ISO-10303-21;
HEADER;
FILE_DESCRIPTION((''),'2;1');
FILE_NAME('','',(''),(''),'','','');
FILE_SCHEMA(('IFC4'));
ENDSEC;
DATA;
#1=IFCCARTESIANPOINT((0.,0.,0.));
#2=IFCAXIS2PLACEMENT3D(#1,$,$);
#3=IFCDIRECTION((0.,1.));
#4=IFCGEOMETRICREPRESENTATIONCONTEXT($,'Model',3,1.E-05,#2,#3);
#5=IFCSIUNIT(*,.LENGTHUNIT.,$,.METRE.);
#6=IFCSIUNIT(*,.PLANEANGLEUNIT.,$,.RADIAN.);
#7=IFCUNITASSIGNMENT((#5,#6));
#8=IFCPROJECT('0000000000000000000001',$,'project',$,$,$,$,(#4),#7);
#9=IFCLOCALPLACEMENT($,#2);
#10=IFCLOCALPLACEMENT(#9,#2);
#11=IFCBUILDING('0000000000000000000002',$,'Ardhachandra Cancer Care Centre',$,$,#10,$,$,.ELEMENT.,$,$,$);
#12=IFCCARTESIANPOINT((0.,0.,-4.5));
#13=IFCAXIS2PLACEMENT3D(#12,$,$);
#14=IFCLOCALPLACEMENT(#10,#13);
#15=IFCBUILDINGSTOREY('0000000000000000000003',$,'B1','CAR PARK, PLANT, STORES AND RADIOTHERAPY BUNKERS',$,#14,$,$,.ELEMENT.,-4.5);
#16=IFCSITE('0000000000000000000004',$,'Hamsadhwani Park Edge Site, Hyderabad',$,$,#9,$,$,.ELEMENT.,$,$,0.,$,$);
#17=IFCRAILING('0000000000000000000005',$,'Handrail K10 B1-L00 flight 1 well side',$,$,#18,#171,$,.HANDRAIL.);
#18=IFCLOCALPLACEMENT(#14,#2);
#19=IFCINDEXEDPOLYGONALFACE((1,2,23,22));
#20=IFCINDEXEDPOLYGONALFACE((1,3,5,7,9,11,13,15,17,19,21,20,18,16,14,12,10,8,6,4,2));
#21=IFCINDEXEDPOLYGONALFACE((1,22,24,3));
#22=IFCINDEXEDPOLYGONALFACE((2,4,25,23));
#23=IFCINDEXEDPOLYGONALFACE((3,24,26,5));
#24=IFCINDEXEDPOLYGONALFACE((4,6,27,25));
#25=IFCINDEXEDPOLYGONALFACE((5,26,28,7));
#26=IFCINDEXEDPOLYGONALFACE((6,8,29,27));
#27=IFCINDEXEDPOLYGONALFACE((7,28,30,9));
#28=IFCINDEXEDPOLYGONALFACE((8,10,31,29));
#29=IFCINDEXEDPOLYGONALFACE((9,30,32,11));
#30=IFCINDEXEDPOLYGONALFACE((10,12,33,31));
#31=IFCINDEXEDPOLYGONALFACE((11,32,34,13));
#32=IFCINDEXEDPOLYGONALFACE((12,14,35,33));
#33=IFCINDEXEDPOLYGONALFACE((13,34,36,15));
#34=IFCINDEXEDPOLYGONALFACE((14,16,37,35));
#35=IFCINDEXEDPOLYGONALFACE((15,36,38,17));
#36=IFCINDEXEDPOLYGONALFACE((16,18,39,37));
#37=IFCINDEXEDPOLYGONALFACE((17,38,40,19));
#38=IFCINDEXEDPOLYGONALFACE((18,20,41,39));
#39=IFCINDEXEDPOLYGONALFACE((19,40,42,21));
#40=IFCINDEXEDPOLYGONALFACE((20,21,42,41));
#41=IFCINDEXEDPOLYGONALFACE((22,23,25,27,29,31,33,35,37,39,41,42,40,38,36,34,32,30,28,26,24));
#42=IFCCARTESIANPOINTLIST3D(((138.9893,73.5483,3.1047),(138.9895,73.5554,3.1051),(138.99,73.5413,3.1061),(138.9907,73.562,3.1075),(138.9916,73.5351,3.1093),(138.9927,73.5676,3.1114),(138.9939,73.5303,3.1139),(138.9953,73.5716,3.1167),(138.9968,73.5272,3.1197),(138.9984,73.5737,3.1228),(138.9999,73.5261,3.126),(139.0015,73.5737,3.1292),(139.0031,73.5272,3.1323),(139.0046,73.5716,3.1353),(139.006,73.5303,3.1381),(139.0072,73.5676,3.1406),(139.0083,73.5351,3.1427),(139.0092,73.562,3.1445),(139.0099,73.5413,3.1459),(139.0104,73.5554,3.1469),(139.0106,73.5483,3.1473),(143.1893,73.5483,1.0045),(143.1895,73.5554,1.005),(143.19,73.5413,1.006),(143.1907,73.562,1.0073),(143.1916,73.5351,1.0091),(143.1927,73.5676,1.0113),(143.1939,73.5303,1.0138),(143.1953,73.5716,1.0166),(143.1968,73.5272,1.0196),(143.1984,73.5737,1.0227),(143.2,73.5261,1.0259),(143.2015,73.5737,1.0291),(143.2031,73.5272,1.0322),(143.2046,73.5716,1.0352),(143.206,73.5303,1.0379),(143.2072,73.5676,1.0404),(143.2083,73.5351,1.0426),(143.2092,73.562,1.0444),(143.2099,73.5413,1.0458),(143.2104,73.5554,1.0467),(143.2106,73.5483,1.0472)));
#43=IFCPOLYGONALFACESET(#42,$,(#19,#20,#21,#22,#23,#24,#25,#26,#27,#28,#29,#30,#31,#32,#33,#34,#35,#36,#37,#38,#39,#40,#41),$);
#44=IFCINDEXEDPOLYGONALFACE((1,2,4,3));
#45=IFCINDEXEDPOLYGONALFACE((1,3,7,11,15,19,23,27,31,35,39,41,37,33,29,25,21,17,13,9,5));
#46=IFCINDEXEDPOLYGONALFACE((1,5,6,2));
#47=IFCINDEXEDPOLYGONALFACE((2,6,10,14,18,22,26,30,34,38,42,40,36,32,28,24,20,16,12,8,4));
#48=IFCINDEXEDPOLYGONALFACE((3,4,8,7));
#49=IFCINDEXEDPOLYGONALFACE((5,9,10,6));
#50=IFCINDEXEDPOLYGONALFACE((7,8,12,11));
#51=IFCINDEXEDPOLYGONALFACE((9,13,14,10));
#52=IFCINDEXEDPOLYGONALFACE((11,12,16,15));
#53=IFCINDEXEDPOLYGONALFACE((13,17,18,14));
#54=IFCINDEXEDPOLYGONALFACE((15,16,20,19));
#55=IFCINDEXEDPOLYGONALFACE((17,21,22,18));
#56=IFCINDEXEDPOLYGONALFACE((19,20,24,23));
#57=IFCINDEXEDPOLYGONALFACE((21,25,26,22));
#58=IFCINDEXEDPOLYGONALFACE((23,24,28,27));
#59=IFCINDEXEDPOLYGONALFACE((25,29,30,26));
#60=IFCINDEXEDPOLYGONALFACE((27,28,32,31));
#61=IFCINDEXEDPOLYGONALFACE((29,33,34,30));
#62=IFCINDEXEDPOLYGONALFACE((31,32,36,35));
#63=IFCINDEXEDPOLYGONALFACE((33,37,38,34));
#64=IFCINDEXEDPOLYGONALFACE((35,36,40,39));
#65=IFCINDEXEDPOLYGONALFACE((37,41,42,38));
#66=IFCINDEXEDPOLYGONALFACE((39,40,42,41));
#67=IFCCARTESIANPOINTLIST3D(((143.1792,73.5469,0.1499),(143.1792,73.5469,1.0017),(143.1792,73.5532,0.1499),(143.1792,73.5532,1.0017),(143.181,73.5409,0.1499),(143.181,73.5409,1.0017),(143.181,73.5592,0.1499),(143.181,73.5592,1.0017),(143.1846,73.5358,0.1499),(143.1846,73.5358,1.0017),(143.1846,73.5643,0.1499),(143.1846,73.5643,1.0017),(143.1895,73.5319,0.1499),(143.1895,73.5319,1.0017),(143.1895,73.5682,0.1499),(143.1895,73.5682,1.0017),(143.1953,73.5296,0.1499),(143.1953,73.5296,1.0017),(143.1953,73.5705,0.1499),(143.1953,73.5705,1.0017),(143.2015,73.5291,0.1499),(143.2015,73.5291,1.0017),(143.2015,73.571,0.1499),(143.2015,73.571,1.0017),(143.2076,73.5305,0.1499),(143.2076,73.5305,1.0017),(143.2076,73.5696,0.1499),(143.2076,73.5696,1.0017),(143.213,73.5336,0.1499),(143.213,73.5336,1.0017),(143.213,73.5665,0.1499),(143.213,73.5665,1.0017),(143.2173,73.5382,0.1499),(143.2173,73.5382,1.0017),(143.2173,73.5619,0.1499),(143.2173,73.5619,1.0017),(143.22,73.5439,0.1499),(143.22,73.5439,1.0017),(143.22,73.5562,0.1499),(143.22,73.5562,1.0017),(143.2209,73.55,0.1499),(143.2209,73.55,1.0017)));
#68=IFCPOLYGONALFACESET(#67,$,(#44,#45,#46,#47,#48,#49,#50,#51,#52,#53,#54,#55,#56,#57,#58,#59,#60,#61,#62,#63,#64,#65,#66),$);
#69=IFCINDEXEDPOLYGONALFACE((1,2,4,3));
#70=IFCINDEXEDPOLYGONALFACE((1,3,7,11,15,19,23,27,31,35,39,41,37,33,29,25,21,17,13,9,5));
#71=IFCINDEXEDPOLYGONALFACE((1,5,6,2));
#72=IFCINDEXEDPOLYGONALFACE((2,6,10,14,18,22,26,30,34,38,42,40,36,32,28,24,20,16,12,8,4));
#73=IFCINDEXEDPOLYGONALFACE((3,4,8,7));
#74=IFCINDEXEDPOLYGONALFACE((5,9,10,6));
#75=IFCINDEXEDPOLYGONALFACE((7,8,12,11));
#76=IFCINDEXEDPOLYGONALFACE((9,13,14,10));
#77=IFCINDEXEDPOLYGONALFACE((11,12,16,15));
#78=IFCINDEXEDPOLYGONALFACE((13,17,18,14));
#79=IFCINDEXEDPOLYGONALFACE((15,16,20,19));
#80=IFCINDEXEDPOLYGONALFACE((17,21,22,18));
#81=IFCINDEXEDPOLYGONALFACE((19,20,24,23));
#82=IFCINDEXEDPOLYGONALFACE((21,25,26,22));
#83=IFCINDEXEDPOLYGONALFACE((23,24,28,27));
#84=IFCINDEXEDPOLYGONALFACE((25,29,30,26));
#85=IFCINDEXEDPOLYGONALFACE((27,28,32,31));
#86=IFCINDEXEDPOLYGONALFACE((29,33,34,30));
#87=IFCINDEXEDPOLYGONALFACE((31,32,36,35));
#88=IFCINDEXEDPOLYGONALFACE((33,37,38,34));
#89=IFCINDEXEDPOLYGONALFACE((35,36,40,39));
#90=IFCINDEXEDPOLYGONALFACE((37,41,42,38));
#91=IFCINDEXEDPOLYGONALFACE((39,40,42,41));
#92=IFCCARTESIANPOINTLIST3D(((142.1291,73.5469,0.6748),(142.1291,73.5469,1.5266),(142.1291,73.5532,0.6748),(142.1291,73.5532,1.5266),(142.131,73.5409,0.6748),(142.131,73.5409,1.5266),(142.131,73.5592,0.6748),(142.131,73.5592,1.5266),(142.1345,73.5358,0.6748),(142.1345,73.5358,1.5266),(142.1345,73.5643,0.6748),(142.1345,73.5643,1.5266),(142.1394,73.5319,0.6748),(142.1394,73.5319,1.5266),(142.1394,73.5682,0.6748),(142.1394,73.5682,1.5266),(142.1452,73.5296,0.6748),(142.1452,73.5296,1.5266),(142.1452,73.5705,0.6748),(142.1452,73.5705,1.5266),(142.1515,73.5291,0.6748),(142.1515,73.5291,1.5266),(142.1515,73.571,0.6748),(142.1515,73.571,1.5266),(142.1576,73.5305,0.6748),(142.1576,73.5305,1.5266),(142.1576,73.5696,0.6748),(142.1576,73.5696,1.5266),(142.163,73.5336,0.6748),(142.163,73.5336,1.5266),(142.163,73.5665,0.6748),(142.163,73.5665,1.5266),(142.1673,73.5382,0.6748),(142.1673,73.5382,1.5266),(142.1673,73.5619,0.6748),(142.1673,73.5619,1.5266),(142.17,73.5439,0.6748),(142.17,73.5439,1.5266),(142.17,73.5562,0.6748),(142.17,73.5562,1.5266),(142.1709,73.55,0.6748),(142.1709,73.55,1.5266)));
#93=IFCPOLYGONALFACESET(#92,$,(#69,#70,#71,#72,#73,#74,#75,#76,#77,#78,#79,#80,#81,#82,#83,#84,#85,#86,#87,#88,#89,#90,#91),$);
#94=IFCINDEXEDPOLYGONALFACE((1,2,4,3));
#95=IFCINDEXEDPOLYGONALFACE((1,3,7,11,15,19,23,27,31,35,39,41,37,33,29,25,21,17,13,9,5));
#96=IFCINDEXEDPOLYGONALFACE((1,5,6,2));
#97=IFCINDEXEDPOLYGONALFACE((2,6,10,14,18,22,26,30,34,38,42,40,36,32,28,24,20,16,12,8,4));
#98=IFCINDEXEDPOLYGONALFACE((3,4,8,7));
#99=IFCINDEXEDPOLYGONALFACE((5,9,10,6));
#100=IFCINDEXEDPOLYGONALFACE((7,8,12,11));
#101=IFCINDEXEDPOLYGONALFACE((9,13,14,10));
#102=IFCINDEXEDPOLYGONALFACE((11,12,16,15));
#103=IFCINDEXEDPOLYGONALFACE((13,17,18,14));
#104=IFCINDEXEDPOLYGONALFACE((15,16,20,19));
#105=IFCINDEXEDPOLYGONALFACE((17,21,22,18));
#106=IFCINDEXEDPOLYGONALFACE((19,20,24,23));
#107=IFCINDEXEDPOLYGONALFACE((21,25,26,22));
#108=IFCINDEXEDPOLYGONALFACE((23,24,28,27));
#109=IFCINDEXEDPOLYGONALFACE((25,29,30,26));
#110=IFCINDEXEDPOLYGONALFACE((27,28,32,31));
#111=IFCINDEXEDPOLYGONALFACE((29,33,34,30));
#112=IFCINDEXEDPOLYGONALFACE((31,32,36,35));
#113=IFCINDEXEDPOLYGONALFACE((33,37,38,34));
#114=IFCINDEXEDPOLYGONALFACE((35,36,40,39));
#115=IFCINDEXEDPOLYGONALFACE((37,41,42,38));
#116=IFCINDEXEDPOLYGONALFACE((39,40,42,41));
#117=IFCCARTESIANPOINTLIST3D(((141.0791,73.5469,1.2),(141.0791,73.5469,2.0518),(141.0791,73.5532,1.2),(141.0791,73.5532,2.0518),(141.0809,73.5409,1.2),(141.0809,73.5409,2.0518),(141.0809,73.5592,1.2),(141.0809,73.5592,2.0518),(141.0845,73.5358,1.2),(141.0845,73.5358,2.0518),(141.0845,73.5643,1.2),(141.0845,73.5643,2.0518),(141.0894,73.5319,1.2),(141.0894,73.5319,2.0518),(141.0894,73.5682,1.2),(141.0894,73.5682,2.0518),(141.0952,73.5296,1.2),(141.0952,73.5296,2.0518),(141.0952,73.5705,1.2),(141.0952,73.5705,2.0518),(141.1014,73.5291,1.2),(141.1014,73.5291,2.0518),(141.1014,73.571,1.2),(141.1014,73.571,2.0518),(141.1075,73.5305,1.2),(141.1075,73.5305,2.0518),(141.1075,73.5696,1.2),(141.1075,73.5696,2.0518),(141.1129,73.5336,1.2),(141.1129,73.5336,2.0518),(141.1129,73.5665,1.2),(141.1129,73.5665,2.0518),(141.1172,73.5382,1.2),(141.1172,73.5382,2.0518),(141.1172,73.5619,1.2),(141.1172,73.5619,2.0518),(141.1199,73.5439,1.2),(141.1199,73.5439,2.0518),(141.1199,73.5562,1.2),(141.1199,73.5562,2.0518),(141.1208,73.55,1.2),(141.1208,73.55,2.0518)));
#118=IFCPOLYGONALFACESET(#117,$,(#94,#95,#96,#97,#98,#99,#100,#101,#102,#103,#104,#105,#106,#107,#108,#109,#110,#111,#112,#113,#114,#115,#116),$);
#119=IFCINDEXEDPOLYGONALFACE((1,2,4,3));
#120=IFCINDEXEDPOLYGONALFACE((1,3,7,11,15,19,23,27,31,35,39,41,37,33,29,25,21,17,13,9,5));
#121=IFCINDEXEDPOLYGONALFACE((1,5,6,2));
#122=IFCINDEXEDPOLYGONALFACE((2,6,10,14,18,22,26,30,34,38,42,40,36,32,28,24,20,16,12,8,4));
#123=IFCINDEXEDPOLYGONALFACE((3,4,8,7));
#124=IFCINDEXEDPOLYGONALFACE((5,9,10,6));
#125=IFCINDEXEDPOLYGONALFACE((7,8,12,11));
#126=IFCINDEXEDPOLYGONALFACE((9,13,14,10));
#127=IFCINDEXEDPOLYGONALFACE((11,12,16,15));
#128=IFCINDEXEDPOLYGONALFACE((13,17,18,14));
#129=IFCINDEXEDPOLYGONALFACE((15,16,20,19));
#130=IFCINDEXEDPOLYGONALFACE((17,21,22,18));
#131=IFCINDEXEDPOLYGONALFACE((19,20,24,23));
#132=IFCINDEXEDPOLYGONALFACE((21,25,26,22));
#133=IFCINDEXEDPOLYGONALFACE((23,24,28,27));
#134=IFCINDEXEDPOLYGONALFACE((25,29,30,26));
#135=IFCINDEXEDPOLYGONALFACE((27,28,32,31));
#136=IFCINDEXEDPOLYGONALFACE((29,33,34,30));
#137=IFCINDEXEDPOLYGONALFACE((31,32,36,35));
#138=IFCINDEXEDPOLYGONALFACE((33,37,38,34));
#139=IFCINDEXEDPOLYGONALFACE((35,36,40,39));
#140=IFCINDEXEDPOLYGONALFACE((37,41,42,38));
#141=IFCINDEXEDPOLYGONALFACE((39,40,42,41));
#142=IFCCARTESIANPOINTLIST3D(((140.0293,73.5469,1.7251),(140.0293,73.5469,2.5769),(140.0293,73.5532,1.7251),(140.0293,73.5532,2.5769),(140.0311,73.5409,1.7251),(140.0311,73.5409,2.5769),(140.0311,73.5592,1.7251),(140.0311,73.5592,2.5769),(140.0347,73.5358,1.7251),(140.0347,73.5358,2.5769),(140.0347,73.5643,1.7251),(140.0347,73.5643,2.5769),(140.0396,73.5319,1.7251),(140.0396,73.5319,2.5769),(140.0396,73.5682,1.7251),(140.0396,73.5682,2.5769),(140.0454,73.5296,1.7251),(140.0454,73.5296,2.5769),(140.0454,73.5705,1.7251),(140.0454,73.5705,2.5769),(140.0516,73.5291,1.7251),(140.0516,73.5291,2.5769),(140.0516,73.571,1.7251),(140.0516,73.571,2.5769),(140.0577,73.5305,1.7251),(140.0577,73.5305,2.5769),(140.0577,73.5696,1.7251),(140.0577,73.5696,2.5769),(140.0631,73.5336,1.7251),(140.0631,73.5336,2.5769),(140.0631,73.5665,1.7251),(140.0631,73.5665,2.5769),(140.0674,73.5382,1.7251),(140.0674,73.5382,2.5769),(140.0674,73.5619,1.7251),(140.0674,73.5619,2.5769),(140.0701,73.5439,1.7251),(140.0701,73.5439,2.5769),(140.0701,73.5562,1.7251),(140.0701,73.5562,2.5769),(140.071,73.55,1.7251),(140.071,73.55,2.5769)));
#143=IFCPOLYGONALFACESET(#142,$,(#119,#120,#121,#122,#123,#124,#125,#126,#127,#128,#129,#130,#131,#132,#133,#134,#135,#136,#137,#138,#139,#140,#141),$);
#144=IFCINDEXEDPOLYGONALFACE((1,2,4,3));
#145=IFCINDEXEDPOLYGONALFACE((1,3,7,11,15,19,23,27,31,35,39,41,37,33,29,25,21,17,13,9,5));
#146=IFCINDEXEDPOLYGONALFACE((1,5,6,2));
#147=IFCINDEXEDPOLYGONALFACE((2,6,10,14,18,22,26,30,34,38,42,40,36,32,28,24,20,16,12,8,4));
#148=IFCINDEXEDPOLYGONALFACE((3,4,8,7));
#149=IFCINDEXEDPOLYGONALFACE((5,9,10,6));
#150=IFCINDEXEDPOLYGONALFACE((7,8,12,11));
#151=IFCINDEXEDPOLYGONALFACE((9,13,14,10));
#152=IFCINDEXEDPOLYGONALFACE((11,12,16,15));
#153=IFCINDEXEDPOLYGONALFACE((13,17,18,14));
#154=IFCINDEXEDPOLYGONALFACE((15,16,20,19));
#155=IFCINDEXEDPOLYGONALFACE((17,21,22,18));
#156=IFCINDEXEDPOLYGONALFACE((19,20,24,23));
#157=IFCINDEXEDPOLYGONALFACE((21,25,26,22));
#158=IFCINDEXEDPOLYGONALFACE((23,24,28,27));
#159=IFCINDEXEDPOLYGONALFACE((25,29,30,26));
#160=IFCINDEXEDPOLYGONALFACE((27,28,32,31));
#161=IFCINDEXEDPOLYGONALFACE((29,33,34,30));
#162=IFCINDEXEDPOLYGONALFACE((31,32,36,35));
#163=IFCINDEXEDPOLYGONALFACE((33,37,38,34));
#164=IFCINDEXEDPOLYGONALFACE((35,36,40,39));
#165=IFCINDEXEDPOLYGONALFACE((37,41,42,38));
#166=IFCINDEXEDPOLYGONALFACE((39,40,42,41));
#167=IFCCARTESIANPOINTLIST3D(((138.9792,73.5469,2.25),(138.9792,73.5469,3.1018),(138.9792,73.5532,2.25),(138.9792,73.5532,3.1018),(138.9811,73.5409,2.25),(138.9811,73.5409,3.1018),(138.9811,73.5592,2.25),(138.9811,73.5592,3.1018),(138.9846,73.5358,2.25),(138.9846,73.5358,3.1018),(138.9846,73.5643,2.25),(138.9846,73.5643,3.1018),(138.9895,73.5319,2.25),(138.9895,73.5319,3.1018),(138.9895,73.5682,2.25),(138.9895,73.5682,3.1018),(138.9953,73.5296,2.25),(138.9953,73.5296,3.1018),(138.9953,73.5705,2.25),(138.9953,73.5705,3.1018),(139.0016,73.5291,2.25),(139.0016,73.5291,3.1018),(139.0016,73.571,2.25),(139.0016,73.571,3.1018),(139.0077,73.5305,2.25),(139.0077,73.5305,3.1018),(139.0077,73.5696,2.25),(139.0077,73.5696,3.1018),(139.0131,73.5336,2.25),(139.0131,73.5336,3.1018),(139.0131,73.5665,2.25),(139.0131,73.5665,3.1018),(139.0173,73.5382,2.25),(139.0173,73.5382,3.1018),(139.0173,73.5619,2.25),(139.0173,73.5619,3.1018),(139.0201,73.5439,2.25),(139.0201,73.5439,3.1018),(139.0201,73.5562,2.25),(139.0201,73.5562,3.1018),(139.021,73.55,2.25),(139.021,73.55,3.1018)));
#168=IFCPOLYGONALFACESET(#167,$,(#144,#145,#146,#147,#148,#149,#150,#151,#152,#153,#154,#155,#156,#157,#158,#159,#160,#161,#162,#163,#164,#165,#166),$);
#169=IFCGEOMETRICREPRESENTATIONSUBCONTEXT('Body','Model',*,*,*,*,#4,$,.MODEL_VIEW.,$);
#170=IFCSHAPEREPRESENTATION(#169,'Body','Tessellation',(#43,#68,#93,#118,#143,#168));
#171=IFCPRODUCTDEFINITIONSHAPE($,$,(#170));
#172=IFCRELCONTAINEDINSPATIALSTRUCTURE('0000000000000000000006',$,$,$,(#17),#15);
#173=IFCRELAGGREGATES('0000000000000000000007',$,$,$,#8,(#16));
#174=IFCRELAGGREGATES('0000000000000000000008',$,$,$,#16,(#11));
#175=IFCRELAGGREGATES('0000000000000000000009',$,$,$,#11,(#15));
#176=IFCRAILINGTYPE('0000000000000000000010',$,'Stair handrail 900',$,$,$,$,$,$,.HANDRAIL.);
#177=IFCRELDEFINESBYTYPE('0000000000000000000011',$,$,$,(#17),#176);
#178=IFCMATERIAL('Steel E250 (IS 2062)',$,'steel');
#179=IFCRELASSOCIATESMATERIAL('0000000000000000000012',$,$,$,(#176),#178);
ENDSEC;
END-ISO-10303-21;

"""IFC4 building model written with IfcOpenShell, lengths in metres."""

from ifc_helpers import new_model, si_unit, direction, frame, origin, origin_2d, place, context, subcontext, project, spatial, circle, extrude, material, type_object, element, save


model = new_model("IFC4")

# Units and contexts
model_context = context("Model", 3, precision=1e-05, world=origin(), true_north=direction((0.0, 1.0)))
body_context = subcontext(model_context, "Body", "Model", "MODEL_VIEW")
ifc_project = project(units=[si_unit("LENGTHUNIT", "METRE"), si_unit("PLANEANGLEUNIT", "RADIAN")], contexts=[model_context])

# Site, building, storey
site_placement = place(None, origin())
site = spatial("IfcSite", under=ifc_project, at=site_placement, Name="Hamsadhwani Park Edge Site, Hyderabad", CompositionType="ELEMENT", RefElevation=0.0)
building_placement = place(site_placement, origin())
building = spatial("IfcBuilding", under=site, at=building_placement, Name="Ardhachandra Cancer Care Centre", CompositionType="ELEMENT")
storey_placement = place(building_placement, frame((0.0, 0.0, -4.5)))
storey = spatial("IfcBuildingStorey", under=building, at=storey_placement, Name="B1", Description="CAR PARK, PLANT, STORES AND RADIOTHERAPY BUNKERS", CompositionType="ELEMENT", Elevation=-4.5)

# Railing
ifc_material_1 = material(Name="Steel E250 (IS 2062)", Category="steel")
railing_type = type_object("IfcRailingType", Name="Stair handrail 900", PredefinedType="HANDRAIL", material=ifc_material_1)
for number, where, name in (
    (1, (143.2, 73.55, 0.1499), "Handrail K10 B1-L00 flight 1 well side"),
):
    element("IfcRailing", number, at=place(storey_placement, frame(where)), inside=storey, type_object=railing_type, Name=name, PredefinedType="HANDRAIL", context=body_context, shape_type="SweptSolid", body=[
        extrude(circle(Radius=0.0239, at=origin_2d()), frame((0.0, 0.0, 0.876), z_axis=(-0.894417, 0.0, 0.447234), x_axis=(0.0, -1.0, 0.0)), (0.0, 0.0, 1.0), 4.6958),
        extrude(circle(Radius=0.021, at=origin_2d()), origin(), (0.0, 0.0, 1.0), 0.8518),
        extrude(circle(Radius=0.021, at=origin_2d()), frame((-1.05, 0.0, 0.5249)), (0.0, 0.0, 1.0), 0.8518),
        extrude(circle(Radius=0.021, at=origin_2d()), frame((-2.1001, 0.0, 1.05)), (0.0, 0.0, 1.0), 0.8518),
        extrude(circle(Radius=0.021, at=origin_2d()), frame((-3.1499, 0.0, 1.5752)), (0.0, 0.0, 1.0), 0.8518),
        extrude(circle(Radius=0.021, at=origin_2d()), frame((-4.2, 0.0, 2.1001)), (0.0, 0.0, 1.0), 0.8518),
    ])

save(model, "model.ifc")
